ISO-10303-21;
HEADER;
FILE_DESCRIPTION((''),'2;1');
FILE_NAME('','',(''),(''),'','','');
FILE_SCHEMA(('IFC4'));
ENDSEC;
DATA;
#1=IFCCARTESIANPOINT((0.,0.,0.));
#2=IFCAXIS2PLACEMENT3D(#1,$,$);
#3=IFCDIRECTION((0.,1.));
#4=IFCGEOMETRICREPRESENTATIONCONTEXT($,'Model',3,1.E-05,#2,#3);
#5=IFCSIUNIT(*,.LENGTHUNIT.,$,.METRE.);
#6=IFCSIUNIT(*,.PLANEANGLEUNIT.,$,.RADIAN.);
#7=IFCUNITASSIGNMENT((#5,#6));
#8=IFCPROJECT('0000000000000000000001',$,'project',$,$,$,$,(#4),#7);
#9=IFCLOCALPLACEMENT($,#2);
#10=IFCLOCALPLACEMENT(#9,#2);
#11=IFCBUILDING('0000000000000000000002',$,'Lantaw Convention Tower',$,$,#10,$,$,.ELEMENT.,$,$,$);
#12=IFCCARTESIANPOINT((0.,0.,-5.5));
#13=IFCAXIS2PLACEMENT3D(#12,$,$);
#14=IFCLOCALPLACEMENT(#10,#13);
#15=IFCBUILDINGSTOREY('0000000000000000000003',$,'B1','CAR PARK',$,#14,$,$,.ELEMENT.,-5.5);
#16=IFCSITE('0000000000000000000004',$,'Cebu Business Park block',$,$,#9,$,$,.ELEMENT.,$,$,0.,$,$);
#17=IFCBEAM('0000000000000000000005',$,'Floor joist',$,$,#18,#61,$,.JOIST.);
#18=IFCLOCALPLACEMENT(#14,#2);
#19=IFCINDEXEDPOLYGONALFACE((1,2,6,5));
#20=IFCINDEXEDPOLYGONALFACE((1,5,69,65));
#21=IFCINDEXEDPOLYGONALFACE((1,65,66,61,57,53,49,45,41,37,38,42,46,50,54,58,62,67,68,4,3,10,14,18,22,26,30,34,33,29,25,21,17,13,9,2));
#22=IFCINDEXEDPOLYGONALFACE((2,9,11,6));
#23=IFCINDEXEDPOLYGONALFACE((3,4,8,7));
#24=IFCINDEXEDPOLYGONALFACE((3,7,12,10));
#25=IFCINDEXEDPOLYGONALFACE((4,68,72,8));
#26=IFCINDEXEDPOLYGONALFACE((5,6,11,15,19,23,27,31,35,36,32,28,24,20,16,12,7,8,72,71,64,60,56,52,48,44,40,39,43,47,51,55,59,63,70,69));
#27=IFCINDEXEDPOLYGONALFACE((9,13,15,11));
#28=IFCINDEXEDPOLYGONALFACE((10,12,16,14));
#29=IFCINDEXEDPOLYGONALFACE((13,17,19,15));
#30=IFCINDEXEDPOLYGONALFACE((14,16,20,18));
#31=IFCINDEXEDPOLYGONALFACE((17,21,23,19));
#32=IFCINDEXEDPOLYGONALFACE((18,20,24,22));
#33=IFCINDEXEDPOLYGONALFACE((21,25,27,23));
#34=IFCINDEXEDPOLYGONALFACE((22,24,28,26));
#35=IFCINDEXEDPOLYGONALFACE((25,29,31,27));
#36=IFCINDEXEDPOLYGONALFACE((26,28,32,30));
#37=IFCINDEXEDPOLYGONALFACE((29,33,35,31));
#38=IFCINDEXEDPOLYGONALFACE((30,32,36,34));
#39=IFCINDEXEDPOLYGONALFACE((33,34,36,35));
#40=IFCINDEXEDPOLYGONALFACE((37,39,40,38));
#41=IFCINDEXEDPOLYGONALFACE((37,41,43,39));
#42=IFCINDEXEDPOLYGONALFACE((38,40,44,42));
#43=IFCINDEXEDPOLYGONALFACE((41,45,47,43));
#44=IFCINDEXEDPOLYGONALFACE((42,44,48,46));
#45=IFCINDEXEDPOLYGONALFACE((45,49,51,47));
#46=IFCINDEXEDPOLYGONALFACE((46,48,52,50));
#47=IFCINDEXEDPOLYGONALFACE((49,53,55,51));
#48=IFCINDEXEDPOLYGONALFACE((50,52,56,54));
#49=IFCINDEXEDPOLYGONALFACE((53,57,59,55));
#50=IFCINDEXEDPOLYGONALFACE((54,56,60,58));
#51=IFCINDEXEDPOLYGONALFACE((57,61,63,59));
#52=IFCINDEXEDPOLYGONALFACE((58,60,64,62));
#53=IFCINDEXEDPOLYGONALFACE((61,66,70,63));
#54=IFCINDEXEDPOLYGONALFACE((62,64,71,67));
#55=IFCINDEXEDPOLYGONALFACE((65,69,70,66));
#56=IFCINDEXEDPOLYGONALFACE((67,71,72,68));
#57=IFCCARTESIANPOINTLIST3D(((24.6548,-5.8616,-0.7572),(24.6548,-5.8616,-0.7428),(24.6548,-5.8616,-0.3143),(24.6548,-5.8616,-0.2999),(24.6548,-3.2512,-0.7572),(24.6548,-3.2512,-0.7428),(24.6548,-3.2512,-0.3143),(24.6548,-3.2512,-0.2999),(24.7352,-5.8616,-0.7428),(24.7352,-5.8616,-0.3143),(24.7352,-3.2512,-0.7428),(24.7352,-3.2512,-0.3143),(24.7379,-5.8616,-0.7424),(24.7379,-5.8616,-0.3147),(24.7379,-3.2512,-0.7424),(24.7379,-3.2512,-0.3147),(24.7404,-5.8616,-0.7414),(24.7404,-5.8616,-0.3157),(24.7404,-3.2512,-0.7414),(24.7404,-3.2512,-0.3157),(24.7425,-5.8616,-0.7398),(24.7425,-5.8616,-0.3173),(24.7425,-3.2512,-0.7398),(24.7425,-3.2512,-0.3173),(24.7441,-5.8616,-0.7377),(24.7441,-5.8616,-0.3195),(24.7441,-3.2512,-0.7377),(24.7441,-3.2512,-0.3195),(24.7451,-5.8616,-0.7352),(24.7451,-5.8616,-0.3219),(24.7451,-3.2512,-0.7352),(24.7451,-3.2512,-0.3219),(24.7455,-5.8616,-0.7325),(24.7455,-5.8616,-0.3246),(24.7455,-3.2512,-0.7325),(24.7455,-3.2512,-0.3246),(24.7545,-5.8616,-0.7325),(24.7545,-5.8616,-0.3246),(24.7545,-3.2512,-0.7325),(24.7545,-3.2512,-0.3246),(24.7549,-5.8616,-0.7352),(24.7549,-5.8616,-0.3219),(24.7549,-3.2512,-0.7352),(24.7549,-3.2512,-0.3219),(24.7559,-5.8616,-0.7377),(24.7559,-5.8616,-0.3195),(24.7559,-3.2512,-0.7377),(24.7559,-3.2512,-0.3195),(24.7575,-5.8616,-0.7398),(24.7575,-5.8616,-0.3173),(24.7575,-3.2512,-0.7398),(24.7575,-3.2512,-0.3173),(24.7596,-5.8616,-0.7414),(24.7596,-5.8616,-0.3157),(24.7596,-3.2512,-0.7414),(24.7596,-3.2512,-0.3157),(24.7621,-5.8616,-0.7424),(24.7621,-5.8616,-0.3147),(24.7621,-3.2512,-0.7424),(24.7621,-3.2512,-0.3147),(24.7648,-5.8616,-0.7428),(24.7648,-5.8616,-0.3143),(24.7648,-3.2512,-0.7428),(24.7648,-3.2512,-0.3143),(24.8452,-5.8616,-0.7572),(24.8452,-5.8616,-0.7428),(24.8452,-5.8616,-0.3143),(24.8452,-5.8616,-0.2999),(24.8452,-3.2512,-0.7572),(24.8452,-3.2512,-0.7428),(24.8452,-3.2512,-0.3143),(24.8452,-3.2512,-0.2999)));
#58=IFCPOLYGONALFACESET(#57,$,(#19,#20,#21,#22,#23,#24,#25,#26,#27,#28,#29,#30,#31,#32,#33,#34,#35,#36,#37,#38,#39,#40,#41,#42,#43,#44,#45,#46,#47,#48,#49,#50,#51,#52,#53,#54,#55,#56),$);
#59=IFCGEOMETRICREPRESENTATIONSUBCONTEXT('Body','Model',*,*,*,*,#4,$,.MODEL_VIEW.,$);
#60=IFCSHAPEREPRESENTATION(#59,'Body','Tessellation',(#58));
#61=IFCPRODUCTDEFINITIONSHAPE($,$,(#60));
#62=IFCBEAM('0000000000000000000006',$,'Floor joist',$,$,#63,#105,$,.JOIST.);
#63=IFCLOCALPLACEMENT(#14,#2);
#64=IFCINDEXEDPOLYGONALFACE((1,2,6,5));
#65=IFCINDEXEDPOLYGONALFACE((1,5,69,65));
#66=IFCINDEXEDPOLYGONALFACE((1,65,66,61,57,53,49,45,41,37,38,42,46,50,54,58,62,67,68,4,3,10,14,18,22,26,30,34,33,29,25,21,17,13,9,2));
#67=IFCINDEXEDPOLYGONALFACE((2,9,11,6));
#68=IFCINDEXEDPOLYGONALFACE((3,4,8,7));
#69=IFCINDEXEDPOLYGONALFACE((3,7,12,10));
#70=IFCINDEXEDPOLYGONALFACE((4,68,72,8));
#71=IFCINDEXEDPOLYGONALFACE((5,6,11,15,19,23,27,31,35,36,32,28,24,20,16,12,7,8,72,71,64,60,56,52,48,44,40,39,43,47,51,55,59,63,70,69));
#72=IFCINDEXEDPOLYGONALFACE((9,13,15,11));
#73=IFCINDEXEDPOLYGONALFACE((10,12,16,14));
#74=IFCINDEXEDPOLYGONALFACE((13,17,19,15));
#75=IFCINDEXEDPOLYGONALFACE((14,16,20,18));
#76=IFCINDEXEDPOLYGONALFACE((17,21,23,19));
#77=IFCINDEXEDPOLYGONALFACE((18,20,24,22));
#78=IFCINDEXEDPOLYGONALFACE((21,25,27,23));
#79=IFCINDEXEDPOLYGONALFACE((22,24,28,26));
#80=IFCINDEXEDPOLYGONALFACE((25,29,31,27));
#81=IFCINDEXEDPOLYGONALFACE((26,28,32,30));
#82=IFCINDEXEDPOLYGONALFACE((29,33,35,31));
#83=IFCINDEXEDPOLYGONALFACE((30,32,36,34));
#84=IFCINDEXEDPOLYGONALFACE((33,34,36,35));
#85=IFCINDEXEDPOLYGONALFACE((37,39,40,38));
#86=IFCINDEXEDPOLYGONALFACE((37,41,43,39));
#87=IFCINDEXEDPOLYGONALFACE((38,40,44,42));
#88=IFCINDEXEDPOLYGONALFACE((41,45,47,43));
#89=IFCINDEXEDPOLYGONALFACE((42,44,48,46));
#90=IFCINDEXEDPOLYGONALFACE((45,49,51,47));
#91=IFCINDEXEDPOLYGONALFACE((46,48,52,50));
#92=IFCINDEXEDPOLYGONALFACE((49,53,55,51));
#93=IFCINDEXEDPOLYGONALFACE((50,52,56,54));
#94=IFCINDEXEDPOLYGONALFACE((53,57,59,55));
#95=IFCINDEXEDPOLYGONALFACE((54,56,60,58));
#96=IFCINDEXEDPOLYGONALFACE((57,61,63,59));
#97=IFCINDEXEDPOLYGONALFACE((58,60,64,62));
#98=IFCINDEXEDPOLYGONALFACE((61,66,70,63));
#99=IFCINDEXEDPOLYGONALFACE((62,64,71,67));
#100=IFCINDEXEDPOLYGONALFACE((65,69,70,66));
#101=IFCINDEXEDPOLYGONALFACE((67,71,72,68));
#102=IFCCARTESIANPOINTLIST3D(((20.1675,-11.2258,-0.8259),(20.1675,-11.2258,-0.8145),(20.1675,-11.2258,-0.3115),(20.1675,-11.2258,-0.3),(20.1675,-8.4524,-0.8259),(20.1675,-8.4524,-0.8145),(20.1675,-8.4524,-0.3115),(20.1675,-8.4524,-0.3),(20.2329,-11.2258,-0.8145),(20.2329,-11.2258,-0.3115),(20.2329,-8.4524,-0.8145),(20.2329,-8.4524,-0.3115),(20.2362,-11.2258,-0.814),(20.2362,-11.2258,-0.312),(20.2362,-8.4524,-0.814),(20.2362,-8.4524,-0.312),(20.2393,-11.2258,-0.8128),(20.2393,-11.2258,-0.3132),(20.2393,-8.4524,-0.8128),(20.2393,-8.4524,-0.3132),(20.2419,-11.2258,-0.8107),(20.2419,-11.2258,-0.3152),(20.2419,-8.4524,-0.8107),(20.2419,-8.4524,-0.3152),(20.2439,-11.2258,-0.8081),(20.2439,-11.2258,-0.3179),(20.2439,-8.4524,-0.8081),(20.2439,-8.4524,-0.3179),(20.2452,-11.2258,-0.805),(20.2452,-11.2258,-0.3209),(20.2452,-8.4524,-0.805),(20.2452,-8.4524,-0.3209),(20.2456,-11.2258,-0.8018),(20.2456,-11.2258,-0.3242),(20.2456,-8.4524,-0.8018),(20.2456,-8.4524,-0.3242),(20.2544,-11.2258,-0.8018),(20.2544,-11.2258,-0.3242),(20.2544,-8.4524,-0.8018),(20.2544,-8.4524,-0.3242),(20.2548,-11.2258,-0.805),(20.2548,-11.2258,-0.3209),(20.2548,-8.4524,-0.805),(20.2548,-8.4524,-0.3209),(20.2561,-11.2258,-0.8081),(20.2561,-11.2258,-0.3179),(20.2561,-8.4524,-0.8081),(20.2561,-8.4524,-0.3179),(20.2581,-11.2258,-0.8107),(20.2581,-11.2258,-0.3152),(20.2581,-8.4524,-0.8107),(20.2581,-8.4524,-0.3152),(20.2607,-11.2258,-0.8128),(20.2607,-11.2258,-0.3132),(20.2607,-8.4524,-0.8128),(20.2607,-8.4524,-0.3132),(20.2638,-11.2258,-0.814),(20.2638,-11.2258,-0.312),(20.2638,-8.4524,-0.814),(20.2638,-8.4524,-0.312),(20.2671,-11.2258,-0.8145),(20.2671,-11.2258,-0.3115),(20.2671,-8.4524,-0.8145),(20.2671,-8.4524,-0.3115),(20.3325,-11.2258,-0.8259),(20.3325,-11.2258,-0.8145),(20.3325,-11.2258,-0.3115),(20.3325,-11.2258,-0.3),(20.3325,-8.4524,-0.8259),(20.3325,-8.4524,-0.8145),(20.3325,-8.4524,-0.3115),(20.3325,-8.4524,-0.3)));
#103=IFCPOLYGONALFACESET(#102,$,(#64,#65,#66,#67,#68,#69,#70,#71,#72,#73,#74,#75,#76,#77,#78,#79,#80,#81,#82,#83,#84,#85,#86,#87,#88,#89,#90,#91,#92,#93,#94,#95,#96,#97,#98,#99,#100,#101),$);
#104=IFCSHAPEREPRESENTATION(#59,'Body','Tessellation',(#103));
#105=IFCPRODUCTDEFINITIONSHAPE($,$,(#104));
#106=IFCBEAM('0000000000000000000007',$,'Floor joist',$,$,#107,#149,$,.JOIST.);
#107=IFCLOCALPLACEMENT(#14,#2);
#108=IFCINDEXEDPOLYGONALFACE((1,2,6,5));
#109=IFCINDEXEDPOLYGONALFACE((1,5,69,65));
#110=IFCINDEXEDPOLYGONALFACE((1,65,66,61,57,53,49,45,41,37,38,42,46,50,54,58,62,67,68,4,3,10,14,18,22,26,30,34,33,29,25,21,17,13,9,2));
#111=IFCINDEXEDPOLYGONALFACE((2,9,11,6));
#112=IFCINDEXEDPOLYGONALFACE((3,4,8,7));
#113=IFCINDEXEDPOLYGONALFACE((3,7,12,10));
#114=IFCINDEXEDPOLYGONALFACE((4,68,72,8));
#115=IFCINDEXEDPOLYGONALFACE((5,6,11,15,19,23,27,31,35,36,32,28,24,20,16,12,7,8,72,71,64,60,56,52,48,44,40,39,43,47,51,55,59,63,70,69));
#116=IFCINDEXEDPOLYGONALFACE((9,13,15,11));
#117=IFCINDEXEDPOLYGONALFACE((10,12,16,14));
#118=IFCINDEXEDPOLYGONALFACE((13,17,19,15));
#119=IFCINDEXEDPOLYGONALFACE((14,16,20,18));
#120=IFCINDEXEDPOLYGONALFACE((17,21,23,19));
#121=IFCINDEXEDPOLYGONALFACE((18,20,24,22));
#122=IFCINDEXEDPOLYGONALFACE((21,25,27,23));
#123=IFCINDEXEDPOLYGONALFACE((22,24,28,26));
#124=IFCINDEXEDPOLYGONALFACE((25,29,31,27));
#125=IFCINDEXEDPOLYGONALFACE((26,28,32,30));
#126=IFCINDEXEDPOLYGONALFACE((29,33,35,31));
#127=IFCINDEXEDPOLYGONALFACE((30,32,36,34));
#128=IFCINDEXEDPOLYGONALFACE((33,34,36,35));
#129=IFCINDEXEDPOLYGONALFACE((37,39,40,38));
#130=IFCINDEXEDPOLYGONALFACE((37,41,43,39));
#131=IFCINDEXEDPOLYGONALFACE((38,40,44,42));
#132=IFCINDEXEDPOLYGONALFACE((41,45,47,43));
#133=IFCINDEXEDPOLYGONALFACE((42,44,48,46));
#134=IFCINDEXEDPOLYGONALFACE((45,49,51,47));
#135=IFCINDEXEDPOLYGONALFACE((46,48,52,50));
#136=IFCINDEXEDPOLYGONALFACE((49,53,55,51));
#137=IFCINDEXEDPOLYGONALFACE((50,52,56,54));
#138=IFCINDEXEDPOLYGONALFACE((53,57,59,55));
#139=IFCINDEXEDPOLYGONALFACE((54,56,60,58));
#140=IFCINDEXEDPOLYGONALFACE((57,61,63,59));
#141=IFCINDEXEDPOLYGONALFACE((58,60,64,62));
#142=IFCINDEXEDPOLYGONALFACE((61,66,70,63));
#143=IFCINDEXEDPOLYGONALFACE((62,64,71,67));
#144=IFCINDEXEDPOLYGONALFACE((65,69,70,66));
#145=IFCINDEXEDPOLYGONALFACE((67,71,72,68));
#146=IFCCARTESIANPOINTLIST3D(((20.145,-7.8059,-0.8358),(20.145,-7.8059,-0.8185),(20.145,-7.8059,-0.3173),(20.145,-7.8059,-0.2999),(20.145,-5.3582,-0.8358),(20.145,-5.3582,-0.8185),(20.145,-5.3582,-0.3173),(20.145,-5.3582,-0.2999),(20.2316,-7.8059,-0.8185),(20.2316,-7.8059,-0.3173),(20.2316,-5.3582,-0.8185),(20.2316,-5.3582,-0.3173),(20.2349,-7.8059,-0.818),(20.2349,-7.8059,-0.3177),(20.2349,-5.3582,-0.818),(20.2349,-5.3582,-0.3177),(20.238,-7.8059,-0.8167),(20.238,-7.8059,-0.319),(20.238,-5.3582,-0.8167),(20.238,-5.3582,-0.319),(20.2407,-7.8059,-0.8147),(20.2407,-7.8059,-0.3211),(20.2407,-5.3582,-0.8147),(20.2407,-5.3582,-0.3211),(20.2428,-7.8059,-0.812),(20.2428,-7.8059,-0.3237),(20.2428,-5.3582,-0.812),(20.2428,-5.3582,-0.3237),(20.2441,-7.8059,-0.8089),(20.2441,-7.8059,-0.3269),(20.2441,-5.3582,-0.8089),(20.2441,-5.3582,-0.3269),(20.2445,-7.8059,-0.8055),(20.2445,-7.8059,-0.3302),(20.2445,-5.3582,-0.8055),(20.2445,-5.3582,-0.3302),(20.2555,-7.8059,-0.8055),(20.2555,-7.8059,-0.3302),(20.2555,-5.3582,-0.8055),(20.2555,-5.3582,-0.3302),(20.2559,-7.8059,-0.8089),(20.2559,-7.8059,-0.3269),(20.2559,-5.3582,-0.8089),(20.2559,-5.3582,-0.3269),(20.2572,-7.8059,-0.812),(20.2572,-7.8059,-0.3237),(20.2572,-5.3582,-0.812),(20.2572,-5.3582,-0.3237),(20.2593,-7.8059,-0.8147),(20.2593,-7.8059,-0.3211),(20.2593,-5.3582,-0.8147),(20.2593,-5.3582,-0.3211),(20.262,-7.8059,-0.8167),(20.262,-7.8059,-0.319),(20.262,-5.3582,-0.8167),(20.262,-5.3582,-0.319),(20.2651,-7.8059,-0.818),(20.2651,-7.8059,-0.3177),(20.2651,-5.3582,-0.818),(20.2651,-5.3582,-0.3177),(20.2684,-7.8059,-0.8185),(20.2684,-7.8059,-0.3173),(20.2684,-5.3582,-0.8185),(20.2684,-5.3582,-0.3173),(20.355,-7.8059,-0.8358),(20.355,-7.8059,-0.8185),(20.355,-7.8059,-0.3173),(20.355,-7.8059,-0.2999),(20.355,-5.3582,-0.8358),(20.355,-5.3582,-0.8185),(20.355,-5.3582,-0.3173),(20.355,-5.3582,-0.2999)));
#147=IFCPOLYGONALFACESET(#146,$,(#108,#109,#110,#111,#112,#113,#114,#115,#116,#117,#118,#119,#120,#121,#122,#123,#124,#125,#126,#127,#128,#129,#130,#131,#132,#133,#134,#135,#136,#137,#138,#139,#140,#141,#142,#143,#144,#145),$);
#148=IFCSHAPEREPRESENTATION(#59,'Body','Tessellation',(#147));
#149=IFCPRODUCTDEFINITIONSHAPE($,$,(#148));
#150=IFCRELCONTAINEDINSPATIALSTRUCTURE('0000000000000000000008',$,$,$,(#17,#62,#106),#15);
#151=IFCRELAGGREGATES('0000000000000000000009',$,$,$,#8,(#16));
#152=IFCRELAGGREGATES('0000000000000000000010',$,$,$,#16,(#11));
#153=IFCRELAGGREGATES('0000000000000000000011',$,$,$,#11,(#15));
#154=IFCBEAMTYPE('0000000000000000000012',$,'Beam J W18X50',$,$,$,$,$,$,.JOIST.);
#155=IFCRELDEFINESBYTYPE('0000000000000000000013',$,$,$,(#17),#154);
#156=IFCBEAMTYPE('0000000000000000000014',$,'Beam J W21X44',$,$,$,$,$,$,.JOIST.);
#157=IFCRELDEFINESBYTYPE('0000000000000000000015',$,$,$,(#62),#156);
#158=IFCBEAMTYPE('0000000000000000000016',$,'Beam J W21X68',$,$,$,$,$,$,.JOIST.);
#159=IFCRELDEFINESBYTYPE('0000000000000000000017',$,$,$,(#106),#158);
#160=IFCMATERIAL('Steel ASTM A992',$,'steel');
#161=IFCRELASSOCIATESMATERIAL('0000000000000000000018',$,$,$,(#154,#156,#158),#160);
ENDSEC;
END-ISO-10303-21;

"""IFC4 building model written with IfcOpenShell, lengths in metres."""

from ifc_helpers import new_model, si_unit, direction, frame, origin, origin_2d, place, context, subcontext, project, spatial, i_section, extrude, material, material_profile, profile_set, type_object, element, save


model = new_model("IFC4")

# Units and contexts
model_context = context("Model", 3, precision=1e-05, world=origin(), true_north=direction((0.0, 1.0)))
body_context = subcontext(model_context, "Body", "Model", "MODEL_VIEW")
ifc_project = project(units=[si_unit("LENGTHUNIT", "METRE"), si_unit("PLANEANGLEUNIT", "RADIAN")], contexts=[model_context])

# Site, building, storey
site_placement = place(None, origin())
site = spatial("IfcSite", under=ifc_project, at=site_placement, Name="Cebu Business Park block", CompositionType="ELEMENT", RefElevation=0.0)
building_placement = place(site_placement, origin())
building = spatial("IfcBuilding", under=site, at=building_placement, Name="Lantaw Convention Tower", CompositionType="ELEMENT")
storey_placement = place(building_placement, frame((0.0, 0.0, -5.5)))
storey = spatial("IfcBuildingStorey", under=building, at=storey_placement, Name="B1", Description="CAR PARK", CompositionType="ELEMENT", Elevation=-5.5)

# Beams
ifc_material_1 = material(Name="Steel ASTM A992", Category="steel")
ifc_material_profile_1 = material_profile(ifc_material_1, i_section(OverallWidth=0.1904, OverallDepth=0.4573, WebThickness=0.009, FlangeThickness=0.0144, FilletRadius=0.0103, at=origin_2d()), Name="W18X50")
ifc_profile_set_1 = profile_set([ifc_material_profile_1], Name="Steel ASTM A992")
beam_type_1 = type_object("IfcBeamType", Name="Beam J W18X50", PredefinedType="JOIST", material=ifc_profile_set_1)
beam_1_placement = place(storey_placement, frame((24.75, -5.8616, -0.5286), z_axis=(0.0, 1.0, 0.0), x_axis=(-1.0, 0.0, 0.0)))
element("IfcBeam", 1, at=beam_1_placement, inside=storey, type_object=beam_type_1, Name="Floor joist", PredefinedType="JOIST", context=body_context, shape_type="SweptSolid", body=[
    extrude(i_section(OverallWidth=0.1904, OverallDepth=0.4573, WebThickness=0.009, FlangeThickness=0.0144, FilletRadius=0.0103, at=origin_2d()), origin(), (0.0, 0.0, 1.0), 2.6104),
])
ifc_material_profile_2 = material_profile(ifc_material_1, i_section(OverallWidth=0.165, OverallDepth=0.5259, WebThickness=0.0088, FlangeThickness=0.0115, FilletRadius=0.0127, at=origin_2d()), Name="W21X44")
ifc_profile_set_2 = profile_set([ifc_material_profile_2], Name="Steel ASTM A992")
beam_type_2 = type_object("IfcBeamType", Name="Beam J W21X44", PredefinedType="JOIST", material=ifc_profile_set_2)
beam_2_placement = place(storey_placement, frame((20.25, -11.2258, -0.563), z_axis=(0.0, 1.0, 0.0), x_axis=(-1.0, 0.0, 0.0)))
element("IfcBeam", 2, at=beam_2_placement, inside=storey, type_object=beam_type_2, Name="Floor joist", PredefinedType="JOIST", context=body_context, shape_type="SweptSolid", body=[
    extrude(i_section(OverallWidth=0.165, OverallDepth=0.5259, WebThickness=0.0088, FlangeThickness=0.0115, FilletRadius=0.0127, at=origin_2d()), origin(), (0.0, 0.0, 1.0), 2.7734),
])
ifc_material_profile_3 = material_profile(ifc_material_1, i_section(OverallWidth=0.21, OverallDepth=0.5359, WebThickness=0.011, FlangeThickness=0.0173, FilletRadius=0.0129, at=origin_2d()), Name="W21X68")
ifc_profile_set_3 = profile_set([ifc_material_profile_3], Name="Steel ASTM A992")
beam_type_3 = type_object("IfcBeamType", Name="Beam J W21X68", PredefinedType="JOIST", material=ifc_profile_set_3)
beam_3_placement = place(storey_placement, frame((20.25, -7.8059, -0.5679), z_axis=(0.0, 1.0, 0.0), x_axis=(-1.0, 0.0, 0.0)))
element("IfcBeam", 3, at=beam_3_placement, inside=storey, type_object=beam_type_3, Name="Floor joist", PredefinedType="JOIST", context=body_context, shape_type="SweptSolid", body=[
    extrude(i_section(OverallWidth=0.21, OverallDepth=0.5359, WebThickness=0.011, FlangeThickness=0.0173, FilletRadius=0.0129, at=origin_2d()), origin(), (0.0, 0.0, 1.0), 2.4478),
])

save(model, "model.ifc")
